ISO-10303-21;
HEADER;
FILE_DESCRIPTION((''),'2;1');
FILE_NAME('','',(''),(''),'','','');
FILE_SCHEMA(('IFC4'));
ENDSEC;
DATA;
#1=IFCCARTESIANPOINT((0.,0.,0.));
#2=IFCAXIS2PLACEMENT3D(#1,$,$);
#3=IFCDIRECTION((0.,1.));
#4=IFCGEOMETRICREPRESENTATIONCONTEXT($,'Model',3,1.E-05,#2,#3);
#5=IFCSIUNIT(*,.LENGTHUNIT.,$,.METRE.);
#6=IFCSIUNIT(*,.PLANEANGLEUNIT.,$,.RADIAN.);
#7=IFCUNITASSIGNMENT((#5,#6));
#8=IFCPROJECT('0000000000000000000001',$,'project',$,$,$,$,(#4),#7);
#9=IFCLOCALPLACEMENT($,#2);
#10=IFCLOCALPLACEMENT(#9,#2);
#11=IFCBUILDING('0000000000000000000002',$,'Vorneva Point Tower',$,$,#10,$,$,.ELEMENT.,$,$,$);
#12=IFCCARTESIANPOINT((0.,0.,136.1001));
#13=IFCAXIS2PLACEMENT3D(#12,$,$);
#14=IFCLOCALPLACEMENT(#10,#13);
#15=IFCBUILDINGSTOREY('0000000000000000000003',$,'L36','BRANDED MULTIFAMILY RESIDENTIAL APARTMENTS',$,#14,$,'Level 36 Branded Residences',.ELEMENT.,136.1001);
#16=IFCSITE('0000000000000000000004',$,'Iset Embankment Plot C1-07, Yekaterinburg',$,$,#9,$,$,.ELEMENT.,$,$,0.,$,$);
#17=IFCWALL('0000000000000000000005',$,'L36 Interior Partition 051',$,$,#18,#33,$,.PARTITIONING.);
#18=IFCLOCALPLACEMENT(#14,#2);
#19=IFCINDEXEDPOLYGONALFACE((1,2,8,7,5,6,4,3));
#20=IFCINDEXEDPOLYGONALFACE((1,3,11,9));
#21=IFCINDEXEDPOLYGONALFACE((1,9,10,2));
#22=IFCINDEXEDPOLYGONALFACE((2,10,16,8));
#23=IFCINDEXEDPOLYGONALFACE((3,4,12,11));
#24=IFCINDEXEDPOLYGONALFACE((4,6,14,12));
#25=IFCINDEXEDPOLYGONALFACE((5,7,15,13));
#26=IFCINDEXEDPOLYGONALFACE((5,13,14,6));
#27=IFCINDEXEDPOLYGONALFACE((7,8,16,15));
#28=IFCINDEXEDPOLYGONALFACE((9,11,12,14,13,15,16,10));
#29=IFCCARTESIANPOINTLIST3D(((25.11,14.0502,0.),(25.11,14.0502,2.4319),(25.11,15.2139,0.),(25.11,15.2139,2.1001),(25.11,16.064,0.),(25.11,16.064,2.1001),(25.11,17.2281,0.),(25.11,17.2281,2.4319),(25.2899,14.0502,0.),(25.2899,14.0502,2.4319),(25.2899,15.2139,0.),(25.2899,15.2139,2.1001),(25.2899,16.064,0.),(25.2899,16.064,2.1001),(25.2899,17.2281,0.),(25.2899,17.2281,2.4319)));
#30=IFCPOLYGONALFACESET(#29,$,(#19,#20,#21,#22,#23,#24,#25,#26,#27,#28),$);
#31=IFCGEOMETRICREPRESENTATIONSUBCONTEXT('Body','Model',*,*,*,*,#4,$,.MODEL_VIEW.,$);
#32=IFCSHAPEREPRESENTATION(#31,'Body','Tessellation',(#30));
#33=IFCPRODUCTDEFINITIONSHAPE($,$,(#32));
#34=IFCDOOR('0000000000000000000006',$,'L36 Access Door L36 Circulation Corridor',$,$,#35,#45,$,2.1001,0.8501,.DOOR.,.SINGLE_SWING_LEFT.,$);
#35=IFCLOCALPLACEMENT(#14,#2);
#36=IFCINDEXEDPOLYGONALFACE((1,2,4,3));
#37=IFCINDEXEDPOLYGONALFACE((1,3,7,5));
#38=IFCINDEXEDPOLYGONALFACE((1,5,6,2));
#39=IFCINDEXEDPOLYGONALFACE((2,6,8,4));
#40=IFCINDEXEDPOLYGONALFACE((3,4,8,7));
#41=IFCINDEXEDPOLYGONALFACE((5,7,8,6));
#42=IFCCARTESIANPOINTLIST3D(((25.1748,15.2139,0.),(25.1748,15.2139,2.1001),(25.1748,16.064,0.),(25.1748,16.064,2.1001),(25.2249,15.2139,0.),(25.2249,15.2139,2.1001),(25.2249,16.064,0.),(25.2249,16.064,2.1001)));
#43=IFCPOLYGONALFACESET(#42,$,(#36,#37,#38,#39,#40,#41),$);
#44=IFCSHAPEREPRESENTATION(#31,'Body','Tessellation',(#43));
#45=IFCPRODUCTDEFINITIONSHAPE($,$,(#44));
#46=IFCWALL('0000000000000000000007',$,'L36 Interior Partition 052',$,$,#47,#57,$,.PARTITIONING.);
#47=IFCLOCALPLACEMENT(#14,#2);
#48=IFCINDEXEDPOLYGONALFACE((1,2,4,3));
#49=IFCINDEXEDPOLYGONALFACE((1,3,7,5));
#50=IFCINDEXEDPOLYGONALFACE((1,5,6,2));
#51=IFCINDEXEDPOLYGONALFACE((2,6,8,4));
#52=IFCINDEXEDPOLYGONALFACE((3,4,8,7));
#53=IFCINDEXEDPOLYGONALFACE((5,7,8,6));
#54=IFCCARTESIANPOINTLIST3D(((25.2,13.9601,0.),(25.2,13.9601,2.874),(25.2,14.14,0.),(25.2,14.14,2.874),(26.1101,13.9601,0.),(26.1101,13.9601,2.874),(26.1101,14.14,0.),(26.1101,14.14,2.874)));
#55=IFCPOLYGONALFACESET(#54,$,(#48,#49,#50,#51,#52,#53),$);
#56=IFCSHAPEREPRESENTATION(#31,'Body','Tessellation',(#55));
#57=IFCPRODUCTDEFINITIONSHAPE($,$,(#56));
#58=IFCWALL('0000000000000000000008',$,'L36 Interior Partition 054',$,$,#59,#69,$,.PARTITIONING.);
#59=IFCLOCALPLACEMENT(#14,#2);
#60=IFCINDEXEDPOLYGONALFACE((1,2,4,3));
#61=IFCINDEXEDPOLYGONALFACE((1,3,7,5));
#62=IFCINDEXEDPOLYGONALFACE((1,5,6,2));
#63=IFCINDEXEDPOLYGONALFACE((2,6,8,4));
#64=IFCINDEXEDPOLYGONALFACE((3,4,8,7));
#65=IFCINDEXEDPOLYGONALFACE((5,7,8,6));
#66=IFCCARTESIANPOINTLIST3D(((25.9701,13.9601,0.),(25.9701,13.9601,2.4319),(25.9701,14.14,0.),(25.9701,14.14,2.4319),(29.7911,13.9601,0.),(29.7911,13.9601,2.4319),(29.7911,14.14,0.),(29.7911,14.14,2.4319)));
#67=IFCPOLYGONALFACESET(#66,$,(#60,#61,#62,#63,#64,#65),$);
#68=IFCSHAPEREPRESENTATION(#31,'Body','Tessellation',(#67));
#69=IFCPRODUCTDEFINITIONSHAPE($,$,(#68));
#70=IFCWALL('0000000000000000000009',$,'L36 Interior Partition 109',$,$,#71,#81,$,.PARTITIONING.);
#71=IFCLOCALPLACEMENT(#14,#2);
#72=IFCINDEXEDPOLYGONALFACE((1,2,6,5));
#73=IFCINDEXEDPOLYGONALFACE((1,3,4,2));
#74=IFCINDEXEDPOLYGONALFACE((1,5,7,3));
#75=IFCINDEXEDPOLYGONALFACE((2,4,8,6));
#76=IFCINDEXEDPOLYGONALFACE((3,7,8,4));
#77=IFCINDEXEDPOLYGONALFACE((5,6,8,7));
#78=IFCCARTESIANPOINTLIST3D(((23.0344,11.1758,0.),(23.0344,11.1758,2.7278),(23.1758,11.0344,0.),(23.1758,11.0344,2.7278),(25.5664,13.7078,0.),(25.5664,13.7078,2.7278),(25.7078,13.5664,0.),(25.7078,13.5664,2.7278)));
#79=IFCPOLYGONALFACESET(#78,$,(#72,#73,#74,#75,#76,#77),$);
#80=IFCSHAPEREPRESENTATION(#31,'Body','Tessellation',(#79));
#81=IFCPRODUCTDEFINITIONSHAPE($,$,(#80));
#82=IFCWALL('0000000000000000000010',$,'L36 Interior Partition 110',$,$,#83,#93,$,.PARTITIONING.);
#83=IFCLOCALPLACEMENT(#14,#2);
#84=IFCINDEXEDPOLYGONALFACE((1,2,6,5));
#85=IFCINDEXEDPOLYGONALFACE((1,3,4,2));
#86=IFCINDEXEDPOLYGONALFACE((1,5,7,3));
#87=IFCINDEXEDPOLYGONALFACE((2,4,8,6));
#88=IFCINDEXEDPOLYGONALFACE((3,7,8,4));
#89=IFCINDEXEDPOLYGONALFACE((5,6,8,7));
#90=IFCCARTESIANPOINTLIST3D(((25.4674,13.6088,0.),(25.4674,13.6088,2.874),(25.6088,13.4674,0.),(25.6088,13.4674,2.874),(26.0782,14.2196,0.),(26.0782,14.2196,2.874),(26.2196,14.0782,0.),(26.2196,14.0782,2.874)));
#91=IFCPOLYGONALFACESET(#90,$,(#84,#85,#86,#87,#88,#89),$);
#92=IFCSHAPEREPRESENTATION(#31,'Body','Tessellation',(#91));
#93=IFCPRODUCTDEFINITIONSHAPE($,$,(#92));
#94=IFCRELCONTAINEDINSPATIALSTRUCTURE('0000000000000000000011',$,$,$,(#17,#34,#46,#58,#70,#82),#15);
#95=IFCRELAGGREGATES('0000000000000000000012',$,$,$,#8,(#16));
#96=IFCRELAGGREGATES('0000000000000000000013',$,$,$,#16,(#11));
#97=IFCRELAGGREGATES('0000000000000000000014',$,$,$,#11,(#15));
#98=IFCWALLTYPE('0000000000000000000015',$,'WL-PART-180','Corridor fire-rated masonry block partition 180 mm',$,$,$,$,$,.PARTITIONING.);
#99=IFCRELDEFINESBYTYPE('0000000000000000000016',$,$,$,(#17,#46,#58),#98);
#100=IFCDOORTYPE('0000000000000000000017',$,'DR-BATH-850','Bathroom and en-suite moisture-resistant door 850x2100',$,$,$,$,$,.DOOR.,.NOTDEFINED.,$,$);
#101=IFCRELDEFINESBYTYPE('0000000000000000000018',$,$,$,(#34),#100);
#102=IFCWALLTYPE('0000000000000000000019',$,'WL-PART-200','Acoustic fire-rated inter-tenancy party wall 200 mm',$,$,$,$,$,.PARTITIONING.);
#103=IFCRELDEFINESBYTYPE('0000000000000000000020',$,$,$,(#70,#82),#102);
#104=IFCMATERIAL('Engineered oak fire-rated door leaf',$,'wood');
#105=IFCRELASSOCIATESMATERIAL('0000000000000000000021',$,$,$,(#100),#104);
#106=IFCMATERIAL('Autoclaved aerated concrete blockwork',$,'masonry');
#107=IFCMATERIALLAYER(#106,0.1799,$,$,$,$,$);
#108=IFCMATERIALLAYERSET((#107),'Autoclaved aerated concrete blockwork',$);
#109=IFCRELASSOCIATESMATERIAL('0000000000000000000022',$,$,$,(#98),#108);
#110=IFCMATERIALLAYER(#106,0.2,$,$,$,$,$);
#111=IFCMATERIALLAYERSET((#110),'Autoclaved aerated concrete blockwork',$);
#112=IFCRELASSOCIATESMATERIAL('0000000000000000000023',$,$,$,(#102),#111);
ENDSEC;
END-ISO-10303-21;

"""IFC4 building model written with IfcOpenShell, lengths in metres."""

from ifc_helpers import new_model, si_unit, direction, frame, frame_2d, origin, place, context, subcontext, project, spatial, rectangle, extrude, material, layer, layer_set, type_object, element, fill, save


model = new_model("IFC4")

# Units and contexts
model_context = context("Model", 3, precision=1e-05, world=origin(), true_north=direction((0.0, 1.0)))
body_context = subcontext(model_context, "Body", "Model", "MODEL_VIEW")
ifc_project = project(units=[si_unit("LENGTHUNIT", "METRE"), si_unit("PLANEANGLEUNIT", "RADIAN")], contexts=[model_context])

# Site, building, storey
site_placement = place(None, origin())
site = spatial("IfcSite", under=ifc_project, at=site_placement, Name="Iset Embankment Plot C1-07, Yekaterinburg", CompositionType="ELEMENT", RefElevation=0.0)
building_placement = place(site_placement, origin())
building = spatial("IfcBuilding", under=site, at=building_placement, Name="Vorneva Point Tower", CompositionType="ELEMENT")
storey_placement = place(building_placement, frame((0.0, 0.0, 136.1001)))
storey = spatial("IfcBuildingStorey", under=building, at=storey_placement, Name="L36", Description="BRANDED MULTIFAMILY RESIDENTIAL APARTMENTS", LongName="Level 36 Branded Residences", CompositionType="ELEMENT", Elevation=136.1001)

# Shared definitions
ifc_material_1 = material(Name="Engineered oak fire-rated door leaf", Category="wood")
door_type = type_object("IfcDoorType", Name="DR-BATH-850", Description="Bathroom and en-suite moisture-resistant door 850x2100", OperationType="NOTDEFINED", PredefinedType="DOOR", material=ifc_material_1)

# Shared definitions
ifc_material_2 = material(Name="Autoclaved aerated concrete blockwork", Category="masonry")
ifc_layer_1 = layer(ifc_material_2, 0.1799)
ifc_layer_set_1 = layer_set([ifc_layer_1], Name="Autoclaved aerated concrete blockwork")
wall_type_1 = type_object("IfcWallType", Name="WL-PART-180", Description="Corridor fire-rated masonry block partition 180 mm", PredefinedType="PARTITIONING", material=ifc_layer_set_1)

# Wall, opening, door
wall_1_placement = place(storey_placement, frame((25.2, 17.228, 0.0), z_axis=(0.0, 0.0, 1.0), x_axis=(0.0, -1.0, 0.0)))
wall_1 = element("IfcWall", 1, at=wall_1_placement, inside=storey, type_object=wall_type_1, Name="L36 Interior Partition 051", PredefinedType="PARTITIONING", context=body_context, shape_type="SweptSolid", body=[
    extrude(rectangle(XDim=3.178, YDim=0.1799, at=frame_2d((1.5889, 0.0))), origin(), (0.0, 0.0, 1.0), 2.4319),
])
opening_1_placement = place(wall_1_placement, frame((1.1641, 0.0, 0.0)))
opening_1 = element("IfcOpeningElement", 2, at=opening_1_placement, cuts=wall_1, PredefinedType="OPENING", context=body_context, shape_type="SweptSolid", body=[
    extrude(rectangle(XDim=0.8501, YDim=2.1001, at=frame_2d((0.425, 1.05))), frame((0.0, 0.105, 0.0), z_axis=(0.0, -1.0, 0.0), x_axis=(1.0, 0.0, 0.0)), (0.0, 0.0, 1.0), 0.2097),
])
door_1_placement = place(opening_1_placement, origin())
door_1 = element("IfcDoor", 3, at=door_1_placement, inside=storey, type_object=door_type, Name="L36 Access Door L36 Circulation Corridor", OperationType="SINGLE_SWING_LEFT", OverallHeight=2.1001, OverallWidth=0.8501, PredefinedType="DOOR", context=body_context, shape_type="SweptSolid", body=[
    extrude(rectangle(XDim=0.8501, YDim=2.1001, at=frame_2d((0.425, 1.05))), frame((0.0, 0.0249, 0.0), z_axis=(0.0, -1.0, 0.0), x_axis=(1.0, 0.0, 0.0)), (0.0, 0.0, 1.0), 0.05),
])
fill(opening_1, door_1)

# Walls
wall_2_placement = place(storey_placement, frame((25.2, 14.05, 0.0), z_axis=(0.0, 0.0, 1.0), x_axis=(1.0, 0.0, 0.0)))
element("IfcWall", 4, at=wall_2_placement, inside=storey, type_object=wall_type_1, Name="L36 Interior Partition 052", PredefinedType="PARTITIONING", context=body_context, shape_type="SweptSolid", body=[
    extrude(rectangle(XDim=0.9102, YDim=0.1799, at=frame_2d((0.4551, 0.0))), origin(), (0.0, 0.0, 1.0), 2.874),
])
wall_3_placement = place(storey_placement, frame((25.97, 14.05, 0.0), z_axis=(0.0, 0.0, 1.0), x_axis=(1.0, 0.0, 0.0)))
element("IfcWall", 5, at=wall_3_placement, inside=storey, type_object=wall_type_1, Name="L36 Interior Partition 054", PredefinedType="PARTITIONING", context=body_context, shape_type="SweptSolid", body=[
    extrude(rectangle(XDim=3.821, YDim=0.1799, at=frame_2d((1.9106, 0.0))), origin(), (0.0, 0.0, 1.0), 2.4319),
])
ifc_layer_2 = layer(ifc_material_2, 0.2)
ifc_layer_set_2 = layer_set([ifc_layer_2], Name="Autoclaved aerated concrete blockwork")
wall_type_2 = type_object("IfcWallType", Name="WL-PART-200", Description="Acoustic fire-rated inter-tenancy party wall 200 mm", PredefinedType="PARTITIONING", material=ifc_layer_set_2)
wall_4_placement = place(storey_placement, frame((23.105, 11.105, 0.0), z_axis=(0.0, 0.0, 1.0), x_axis=(0.707107, 0.707107, 0.0)))
element("IfcWall", 6, at=wall_4_placement, inside=storey, type_object=wall_type_2, Name="L36 Interior Partition 109", PredefinedType="PARTITIONING", context=body_context, shape_type="SweptSolid", body=[
    extrude(rectangle(XDim=3.5808, YDim=0.2, at=frame_2d((1.7905, 0.0))), origin(), (0.0, 0.0, 1.0), 2.7278),
])
wall_5_placement = place(storey_placement, frame((25.5381, 13.5381, 0.0), z_axis=(0.0, 0.0, 1.0), x_axis=(0.707107, 0.707107, 0.0)))
element("IfcWall", 7, at=wall_5_placement, inside=storey, type_object=wall_type_2, Name="L36 Interior Partition 110", PredefinedType="PARTITIONING", context=body_context, shape_type="SweptSolid", body=[
    extrude(rectangle(XDim=0.8638, YDim=0.2, at=frame_2d((0.4319, 0.0))), origin(), (0.0, 0.0, 1.0), 2.874),
])

save(model, "model.ifc")
